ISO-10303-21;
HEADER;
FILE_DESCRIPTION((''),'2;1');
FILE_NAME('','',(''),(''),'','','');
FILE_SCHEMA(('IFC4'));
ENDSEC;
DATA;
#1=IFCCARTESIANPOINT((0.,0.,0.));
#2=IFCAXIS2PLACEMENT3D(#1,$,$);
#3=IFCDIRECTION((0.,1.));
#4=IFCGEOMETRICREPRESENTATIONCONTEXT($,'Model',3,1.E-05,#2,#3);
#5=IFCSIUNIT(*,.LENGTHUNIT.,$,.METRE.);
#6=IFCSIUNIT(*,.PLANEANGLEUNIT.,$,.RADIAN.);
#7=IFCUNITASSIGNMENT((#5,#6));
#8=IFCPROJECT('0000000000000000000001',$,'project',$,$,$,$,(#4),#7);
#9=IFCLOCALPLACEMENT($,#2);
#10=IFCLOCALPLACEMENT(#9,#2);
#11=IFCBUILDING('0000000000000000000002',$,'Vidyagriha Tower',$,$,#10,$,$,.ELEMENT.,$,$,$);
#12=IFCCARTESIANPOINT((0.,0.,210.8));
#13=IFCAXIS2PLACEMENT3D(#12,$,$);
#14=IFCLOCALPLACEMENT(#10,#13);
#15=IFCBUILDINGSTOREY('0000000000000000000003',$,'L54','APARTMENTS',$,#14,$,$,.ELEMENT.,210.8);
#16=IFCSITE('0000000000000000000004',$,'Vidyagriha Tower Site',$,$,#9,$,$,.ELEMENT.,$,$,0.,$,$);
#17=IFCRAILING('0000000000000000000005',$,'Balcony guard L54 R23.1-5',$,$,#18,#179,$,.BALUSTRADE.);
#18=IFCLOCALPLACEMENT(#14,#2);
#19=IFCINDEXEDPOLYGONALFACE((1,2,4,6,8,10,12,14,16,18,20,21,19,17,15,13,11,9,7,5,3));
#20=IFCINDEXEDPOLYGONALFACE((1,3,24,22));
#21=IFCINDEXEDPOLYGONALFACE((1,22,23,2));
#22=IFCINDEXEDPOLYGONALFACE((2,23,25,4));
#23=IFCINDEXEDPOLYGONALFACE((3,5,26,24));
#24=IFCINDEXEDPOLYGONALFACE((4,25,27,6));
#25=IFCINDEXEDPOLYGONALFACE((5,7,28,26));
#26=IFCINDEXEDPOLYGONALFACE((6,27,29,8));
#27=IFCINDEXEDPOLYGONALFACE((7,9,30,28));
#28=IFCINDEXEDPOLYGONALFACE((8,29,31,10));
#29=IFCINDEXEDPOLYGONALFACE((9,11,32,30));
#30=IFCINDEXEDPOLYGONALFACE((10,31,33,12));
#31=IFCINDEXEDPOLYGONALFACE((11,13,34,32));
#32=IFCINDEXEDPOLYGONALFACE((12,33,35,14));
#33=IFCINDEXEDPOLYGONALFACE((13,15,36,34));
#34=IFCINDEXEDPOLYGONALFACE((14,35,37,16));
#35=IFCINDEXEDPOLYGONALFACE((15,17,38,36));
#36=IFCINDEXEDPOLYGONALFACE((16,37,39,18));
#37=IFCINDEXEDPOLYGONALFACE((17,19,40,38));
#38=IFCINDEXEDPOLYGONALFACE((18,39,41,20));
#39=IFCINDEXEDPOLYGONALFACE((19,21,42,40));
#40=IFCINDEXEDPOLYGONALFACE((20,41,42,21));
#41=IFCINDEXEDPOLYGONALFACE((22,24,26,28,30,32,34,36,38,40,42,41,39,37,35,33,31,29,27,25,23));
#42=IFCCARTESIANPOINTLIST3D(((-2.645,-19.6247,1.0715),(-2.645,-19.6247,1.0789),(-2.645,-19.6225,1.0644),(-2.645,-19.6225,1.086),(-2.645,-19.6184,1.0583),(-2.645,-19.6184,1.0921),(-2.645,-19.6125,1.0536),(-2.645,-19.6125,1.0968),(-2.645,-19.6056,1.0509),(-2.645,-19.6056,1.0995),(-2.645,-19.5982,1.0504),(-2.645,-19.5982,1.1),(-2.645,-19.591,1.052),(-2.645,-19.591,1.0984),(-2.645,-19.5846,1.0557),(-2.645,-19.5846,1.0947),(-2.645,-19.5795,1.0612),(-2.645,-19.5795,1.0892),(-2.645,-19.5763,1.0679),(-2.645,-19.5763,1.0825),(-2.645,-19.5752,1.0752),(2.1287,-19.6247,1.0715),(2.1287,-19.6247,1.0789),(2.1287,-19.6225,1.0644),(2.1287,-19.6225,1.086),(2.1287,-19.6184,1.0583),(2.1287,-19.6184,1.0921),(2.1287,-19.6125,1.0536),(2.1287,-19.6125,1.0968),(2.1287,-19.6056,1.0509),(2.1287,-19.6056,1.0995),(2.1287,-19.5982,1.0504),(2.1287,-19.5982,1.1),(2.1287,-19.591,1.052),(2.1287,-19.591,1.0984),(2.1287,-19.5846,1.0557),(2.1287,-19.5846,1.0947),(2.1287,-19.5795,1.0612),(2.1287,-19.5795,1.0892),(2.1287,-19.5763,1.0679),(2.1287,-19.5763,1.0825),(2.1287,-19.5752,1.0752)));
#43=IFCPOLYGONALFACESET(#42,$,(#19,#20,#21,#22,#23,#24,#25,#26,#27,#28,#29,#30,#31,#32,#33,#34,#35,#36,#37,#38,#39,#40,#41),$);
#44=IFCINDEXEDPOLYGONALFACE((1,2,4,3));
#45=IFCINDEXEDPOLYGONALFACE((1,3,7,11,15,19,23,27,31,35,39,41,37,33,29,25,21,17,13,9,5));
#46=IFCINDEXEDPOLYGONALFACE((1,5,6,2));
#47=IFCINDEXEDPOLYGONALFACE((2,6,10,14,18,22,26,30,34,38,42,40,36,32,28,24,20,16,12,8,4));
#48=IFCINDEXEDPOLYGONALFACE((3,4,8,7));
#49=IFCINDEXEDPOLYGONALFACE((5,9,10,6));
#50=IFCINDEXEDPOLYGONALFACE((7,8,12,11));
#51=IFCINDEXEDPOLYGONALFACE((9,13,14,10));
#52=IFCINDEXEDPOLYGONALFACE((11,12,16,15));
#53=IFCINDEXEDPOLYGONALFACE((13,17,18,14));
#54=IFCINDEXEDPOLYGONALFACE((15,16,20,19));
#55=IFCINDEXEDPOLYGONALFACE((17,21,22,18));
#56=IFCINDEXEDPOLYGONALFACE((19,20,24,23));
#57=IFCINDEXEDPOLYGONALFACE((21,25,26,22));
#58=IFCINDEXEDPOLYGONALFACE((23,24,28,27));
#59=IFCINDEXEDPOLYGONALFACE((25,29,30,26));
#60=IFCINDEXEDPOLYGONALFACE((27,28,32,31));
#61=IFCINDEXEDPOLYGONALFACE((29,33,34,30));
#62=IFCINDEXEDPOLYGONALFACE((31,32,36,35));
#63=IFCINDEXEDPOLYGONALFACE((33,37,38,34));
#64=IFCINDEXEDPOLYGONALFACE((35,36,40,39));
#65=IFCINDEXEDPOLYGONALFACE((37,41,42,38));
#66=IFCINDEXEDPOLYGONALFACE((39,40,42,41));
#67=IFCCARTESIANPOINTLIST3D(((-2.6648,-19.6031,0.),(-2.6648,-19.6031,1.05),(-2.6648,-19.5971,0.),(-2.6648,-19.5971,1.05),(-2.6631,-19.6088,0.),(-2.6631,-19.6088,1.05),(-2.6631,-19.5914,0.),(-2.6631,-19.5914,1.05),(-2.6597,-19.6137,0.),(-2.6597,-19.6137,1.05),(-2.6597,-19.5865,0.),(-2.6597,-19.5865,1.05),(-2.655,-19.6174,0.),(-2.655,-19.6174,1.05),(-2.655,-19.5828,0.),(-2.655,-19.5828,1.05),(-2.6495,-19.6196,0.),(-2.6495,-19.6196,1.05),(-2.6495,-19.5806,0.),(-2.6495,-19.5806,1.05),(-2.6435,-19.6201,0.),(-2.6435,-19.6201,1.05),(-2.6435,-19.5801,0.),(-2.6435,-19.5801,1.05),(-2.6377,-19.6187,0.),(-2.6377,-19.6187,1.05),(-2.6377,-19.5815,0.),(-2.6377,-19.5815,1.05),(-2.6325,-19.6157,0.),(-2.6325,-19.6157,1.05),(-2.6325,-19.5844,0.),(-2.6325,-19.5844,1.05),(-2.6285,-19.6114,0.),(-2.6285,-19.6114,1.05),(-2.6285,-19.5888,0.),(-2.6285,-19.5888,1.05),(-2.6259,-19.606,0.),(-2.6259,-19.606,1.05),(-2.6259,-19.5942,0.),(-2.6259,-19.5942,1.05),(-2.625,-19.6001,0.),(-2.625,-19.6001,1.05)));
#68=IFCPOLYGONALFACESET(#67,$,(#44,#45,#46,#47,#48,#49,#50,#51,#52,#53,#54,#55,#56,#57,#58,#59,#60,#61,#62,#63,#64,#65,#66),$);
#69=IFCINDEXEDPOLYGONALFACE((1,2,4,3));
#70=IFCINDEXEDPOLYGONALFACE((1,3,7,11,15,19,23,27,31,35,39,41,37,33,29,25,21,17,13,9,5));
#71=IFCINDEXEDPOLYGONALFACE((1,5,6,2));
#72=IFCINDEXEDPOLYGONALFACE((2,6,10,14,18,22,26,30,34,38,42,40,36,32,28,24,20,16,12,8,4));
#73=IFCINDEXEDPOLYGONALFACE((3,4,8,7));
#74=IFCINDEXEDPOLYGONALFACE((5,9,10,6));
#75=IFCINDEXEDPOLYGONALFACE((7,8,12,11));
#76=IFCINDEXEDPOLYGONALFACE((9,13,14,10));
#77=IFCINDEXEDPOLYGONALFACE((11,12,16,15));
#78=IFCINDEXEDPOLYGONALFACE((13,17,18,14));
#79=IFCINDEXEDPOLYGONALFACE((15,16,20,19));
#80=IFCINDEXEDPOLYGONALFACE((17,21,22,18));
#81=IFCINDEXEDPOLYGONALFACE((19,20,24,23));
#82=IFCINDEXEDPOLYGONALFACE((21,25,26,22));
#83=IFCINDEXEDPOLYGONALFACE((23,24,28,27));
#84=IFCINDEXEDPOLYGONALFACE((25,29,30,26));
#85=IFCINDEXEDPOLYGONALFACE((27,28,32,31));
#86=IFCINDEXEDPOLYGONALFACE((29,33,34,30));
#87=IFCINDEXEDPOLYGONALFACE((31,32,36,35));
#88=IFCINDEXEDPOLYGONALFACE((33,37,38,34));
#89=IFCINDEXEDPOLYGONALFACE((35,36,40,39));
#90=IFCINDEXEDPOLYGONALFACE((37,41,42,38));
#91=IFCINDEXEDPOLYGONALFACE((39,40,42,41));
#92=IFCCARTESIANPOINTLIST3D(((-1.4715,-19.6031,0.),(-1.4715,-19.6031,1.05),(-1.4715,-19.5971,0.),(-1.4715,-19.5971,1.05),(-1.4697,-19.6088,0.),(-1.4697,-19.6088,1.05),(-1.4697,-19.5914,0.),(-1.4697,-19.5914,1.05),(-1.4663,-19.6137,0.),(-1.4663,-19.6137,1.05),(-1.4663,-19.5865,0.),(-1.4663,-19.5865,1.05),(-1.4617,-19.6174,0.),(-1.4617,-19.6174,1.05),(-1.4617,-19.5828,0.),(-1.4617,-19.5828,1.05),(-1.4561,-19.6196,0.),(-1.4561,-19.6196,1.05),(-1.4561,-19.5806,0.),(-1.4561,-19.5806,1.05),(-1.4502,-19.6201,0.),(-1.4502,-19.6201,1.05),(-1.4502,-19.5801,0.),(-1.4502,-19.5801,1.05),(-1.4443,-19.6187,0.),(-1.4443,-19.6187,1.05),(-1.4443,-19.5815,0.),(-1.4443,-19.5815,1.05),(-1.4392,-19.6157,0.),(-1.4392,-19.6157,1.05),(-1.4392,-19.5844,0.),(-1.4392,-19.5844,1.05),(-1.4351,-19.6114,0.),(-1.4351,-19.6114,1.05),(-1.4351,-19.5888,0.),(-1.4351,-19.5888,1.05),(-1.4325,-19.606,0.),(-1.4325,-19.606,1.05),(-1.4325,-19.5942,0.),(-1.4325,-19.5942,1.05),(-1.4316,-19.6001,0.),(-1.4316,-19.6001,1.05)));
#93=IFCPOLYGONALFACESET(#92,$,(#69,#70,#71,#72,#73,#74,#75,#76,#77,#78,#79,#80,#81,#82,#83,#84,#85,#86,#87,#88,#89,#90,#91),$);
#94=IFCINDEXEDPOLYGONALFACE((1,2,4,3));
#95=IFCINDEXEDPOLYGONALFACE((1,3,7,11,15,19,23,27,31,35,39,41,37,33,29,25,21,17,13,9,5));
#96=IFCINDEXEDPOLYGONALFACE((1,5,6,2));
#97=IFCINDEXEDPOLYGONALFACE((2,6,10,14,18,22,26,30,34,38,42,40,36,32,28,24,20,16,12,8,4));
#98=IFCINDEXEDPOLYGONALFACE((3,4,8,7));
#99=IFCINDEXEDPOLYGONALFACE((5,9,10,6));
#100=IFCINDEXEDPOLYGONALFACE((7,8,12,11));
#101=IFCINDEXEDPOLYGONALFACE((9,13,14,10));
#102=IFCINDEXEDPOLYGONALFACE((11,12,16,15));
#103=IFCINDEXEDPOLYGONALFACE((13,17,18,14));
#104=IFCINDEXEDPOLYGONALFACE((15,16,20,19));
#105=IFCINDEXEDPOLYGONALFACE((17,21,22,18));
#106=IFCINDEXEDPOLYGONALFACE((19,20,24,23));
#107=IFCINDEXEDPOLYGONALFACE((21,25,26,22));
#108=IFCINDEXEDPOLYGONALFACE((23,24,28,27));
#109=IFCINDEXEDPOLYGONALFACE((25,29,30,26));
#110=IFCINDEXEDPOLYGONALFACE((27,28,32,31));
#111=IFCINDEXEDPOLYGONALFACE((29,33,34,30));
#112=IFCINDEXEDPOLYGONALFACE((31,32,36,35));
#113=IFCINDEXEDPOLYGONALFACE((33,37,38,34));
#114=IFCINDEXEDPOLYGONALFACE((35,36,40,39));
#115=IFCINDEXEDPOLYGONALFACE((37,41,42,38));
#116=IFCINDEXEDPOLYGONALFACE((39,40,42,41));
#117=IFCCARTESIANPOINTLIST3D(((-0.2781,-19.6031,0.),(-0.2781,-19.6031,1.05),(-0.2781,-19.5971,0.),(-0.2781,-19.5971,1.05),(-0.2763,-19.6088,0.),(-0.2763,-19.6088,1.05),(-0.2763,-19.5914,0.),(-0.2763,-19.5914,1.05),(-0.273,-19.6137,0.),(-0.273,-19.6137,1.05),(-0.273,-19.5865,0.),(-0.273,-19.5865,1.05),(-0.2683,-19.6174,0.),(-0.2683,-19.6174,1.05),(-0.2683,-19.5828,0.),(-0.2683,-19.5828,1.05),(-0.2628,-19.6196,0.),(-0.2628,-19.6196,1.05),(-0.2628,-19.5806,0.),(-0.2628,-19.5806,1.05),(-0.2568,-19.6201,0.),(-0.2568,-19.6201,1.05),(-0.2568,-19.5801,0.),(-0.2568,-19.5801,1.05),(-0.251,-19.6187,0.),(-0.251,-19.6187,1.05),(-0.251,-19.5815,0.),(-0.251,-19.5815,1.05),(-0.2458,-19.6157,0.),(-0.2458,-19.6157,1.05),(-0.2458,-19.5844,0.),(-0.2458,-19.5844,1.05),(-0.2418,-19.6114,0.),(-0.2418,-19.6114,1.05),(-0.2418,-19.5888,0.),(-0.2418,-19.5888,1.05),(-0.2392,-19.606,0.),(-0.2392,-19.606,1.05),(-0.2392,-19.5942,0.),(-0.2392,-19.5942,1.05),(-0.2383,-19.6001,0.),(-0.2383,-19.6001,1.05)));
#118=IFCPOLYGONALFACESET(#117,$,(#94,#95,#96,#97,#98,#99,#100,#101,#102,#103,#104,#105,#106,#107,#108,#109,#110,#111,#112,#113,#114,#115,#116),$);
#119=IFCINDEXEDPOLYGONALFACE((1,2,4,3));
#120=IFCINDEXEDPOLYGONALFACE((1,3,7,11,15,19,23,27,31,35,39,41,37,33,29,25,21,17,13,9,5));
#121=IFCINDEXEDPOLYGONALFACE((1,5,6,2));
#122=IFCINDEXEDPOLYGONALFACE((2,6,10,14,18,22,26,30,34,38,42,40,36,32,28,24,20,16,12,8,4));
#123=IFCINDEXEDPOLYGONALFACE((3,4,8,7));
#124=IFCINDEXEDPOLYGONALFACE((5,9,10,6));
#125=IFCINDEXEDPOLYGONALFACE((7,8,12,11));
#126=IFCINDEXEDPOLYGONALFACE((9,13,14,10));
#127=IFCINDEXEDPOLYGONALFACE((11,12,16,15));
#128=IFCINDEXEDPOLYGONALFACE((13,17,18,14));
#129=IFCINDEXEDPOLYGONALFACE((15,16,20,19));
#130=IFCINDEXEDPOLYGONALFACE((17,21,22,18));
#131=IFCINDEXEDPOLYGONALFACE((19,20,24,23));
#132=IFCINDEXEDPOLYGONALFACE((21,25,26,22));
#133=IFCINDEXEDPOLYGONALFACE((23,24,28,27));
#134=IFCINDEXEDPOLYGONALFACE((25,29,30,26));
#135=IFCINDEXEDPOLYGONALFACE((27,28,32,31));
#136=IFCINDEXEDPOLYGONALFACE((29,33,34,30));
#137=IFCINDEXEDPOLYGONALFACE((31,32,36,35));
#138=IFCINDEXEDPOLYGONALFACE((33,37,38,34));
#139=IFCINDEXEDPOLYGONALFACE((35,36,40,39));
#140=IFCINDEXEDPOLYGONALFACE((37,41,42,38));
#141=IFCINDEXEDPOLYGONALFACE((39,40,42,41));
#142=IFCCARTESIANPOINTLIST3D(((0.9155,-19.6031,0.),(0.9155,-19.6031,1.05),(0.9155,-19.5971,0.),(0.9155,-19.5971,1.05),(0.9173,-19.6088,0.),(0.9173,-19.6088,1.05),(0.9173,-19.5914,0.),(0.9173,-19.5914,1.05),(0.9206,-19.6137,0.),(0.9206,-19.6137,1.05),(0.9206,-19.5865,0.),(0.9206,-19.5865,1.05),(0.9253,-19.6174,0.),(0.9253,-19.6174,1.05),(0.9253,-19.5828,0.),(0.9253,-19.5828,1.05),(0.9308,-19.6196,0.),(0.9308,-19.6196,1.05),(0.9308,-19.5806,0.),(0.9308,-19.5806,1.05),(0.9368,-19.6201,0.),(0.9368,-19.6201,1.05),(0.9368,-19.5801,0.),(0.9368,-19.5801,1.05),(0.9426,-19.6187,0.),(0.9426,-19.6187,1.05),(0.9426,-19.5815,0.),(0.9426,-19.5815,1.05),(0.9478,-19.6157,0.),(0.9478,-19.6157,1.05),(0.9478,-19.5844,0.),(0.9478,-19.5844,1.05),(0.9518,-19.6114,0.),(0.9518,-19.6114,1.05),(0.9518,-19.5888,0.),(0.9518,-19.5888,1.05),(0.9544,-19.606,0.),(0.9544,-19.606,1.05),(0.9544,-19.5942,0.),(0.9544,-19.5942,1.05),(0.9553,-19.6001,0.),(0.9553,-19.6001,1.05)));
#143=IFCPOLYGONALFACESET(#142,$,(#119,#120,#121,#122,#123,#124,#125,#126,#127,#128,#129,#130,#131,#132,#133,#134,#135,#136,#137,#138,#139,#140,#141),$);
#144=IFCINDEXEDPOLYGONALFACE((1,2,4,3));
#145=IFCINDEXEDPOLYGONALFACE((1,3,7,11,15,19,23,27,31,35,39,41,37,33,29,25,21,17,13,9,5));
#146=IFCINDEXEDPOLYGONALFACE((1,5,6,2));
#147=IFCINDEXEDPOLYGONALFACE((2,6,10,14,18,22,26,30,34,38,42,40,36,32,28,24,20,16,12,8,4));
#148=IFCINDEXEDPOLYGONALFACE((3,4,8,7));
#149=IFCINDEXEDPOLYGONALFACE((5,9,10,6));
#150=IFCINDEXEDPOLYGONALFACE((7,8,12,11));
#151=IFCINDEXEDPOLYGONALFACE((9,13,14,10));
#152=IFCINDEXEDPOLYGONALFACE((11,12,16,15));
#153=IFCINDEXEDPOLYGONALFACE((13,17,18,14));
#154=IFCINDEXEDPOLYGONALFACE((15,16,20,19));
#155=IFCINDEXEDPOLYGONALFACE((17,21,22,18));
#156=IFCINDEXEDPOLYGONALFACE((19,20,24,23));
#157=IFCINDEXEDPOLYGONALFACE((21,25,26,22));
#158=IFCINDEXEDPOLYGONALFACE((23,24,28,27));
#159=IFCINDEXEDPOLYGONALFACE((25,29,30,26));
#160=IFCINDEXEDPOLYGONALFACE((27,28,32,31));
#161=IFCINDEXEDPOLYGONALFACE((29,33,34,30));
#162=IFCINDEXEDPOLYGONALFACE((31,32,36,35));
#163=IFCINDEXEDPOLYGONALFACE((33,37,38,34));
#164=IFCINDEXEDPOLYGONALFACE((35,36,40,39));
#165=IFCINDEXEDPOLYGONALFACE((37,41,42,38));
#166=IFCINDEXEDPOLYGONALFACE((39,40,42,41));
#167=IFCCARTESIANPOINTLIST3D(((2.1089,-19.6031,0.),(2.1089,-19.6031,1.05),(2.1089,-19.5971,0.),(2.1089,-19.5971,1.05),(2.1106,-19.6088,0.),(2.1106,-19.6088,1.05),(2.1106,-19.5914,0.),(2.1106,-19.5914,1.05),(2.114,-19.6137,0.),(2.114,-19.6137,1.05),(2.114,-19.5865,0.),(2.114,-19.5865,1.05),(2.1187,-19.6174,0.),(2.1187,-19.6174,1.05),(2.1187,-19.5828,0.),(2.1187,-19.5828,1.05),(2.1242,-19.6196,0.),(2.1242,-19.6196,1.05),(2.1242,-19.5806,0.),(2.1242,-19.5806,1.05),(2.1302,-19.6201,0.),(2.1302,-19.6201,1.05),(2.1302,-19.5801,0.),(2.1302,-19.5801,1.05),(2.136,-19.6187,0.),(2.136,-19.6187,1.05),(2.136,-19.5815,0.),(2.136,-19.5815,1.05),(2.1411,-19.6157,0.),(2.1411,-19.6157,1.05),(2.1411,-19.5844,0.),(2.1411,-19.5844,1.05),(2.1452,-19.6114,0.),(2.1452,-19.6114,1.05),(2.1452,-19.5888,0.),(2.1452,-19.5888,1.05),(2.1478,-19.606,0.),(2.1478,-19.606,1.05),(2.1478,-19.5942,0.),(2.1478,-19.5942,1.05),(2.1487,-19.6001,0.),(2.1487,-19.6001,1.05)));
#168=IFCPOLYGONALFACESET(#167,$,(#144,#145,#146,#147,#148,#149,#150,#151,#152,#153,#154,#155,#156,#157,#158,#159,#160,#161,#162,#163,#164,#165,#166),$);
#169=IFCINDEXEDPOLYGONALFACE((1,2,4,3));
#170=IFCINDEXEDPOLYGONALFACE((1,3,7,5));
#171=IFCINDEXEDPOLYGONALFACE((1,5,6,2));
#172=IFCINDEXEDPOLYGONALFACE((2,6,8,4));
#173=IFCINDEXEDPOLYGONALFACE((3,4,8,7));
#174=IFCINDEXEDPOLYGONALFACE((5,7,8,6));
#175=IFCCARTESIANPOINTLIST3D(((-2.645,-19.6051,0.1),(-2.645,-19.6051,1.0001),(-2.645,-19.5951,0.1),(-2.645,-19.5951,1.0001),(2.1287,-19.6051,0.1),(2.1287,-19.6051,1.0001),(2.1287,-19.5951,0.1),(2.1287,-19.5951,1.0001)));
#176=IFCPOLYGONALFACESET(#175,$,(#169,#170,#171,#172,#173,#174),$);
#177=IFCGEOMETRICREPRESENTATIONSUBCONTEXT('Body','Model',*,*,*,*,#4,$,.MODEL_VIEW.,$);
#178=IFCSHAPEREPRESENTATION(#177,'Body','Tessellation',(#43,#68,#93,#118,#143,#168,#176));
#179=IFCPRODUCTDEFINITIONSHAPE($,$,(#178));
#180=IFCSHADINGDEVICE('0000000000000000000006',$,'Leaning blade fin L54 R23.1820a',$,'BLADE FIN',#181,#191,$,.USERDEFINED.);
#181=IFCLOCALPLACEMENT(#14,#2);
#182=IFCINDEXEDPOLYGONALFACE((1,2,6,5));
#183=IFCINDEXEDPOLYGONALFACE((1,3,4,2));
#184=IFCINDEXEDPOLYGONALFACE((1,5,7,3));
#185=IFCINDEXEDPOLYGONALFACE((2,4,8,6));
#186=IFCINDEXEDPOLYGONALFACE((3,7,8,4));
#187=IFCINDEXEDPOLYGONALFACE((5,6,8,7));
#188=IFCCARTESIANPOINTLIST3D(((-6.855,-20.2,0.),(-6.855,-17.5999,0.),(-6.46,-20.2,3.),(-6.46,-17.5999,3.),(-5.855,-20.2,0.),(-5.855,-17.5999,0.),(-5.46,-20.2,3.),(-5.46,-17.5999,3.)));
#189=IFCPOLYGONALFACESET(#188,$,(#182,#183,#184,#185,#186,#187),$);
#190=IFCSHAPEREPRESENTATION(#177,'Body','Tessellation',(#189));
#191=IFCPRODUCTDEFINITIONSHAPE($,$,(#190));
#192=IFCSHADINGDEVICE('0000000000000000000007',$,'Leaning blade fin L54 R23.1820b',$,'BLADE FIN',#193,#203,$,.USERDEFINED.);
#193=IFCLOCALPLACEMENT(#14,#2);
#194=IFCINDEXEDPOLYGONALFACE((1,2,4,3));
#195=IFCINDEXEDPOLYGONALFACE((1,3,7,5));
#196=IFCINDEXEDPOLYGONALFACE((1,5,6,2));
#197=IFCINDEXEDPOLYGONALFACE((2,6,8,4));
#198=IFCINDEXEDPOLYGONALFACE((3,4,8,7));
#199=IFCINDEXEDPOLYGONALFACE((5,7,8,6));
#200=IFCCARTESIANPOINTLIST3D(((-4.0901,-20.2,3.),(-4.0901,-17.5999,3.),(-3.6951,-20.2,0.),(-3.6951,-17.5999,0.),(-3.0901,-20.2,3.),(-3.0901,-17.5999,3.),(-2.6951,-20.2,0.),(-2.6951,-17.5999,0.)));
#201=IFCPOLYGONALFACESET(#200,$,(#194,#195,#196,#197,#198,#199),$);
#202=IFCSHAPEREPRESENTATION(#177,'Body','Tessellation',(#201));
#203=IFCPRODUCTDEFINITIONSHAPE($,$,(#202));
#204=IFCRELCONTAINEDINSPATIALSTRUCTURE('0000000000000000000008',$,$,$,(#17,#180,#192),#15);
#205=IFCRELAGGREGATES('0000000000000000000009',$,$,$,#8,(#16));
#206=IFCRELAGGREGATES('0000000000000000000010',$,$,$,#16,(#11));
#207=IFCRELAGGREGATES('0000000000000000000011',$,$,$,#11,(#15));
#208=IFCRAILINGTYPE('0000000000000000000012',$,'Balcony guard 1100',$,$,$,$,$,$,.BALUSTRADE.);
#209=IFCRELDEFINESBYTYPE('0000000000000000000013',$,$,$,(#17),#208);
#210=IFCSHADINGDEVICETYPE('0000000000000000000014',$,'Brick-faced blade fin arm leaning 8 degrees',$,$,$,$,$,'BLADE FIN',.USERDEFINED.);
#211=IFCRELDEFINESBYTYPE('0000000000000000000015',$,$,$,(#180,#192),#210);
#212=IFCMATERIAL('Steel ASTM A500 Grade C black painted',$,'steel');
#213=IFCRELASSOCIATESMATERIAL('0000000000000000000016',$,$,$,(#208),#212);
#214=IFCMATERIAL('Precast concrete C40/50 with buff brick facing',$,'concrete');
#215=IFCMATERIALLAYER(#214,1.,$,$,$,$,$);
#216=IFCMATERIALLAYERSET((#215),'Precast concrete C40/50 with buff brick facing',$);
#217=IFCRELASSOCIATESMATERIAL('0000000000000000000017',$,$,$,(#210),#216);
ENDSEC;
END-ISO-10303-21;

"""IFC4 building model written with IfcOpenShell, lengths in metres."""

from ifc_helpers import new_model, si_unit, direction, frame, origin, origin_2d, place, context, subcontext, project, spatial, polyline, rectangle, circle, outline, extrude, material, layer, layer_set, type_object, element, save


model = new_model("IFC4")

# Units and contexts
model_context = context("Model", 3, precision=1e-05, world=origin(), true_north=direction((0.0, 1.0)))
body_context = subcontext(model_context, "Body", "Model", "MODEL_VIEW")
ifc_project = project(units=[si_unit("LENGTHUNIT", "METRE"), si_unit("PLANEANGLEUNIT", "RADIAN")], contexts=[model_context])

# Site, building, storey
site_placement = place(None, origin())
site = spatial("IfcSite", under=ifc_project, at=site_placement, Name="Vidyagriha Tower Site", CompositionType="ELEMENT", RefElevation=0.0)
building_placement = place(site_placement, origin())
building = spatial("IfcBuilding", under=site, at=building_placement, Name="Vidyagriha Tower", CompositionType="ELEMENT")
storey_placement = place(building_placement, frame((0.0, 0.0, 210.8)))
storey = spatial("IfcBuildingStorey", under=building, at=storey_placement, Name="L54", Description="APARTMENTS", CompositionType="ELEMENT", Elevation=210.8)

# Railing
ifc_material_1 = material(Name="Steel ASTM A500 Grade C black painted", Category="steel")
railing_type = type_object("IfcRailingType", Name="Balcony guard 1100", PredefinedType="BALUSTRADE", material=ifc_material_1)
railing_1_placement = place(storey_placement, frame((-2.645, -19.6001, 0.0)))
element("IfcRailing", 1, at=railing_1_placement, inside=storey, type_object=railing_type, Name="Balcony guard L54 R23.1-5", PredefinedType="BALUSTRADE", context=body_context, shape_type="SweptSolid", body=[
    extrude(circle(Radius=0.0249, at=origin_2d()), frame((0.0, 0.0, 1.0752), z_axis=(1.0, 0.0, 0.0), x_axis=(0.0, 1.0, 0.0)), (0.0, 0.0, 1.0), 4.7737),
    extrude(circle(Radius=0.02, at=origin_2d()), origin(), (0.0, 0.0, 1.0), 1.05),
    extrude(circle(Radius=0.02, at=origin_2d()), frame((1.1934, 0.0, 0.0)), (0.0, 0.0, 1.0), 1.05),
    extrude(circle(Radius=0.02, at=origin_2d()), frame((2.3867, 0.0, 0.0)), (0.0, 0.0, 1.0), 1.05),
    extrude(circle(Radius=0.02, at=origin_2d()), frame((3.5803, 0.0, 0.0)), (0.0, 0.0, 1.0), 1.05),
    extrude(circle(Radius=0.02, at=origin_2d()), frame((4.7737, 0.0, 0.0)), (0.0, 0.0, 1.0), 1.05),
    extrude(rectangle(XDim=0.01, YDim=0.9001, at=origin_2d()), frame((0.0, 0.0, 0.55), z_axis=(1.0, 0.0, 0.0), x_axis=(0.0, 1.0, 0.0)), (0.0, 0.0, 1.0), 4.7737),
])

# Shading devices
ifc_material_2 = material(Name="Precast concrete C40/50 with buff brick facing", Category="concrete")
ifc_layer_1 = layer(ifc_material_2, 1.0)
ifc_layer_set_1 = layer_set([ifc_layer_1], Name="Precast concrete C40/50 with buff brick facing")
shading_device_type = type_object("IfcShadingDeviceType", Name="Brick-faced blade fin arm leaning 8 degrees", ElementType="BLADE FIN", PredefinedType="USERDEFINED", material=ifc_layer_set_1)
shading_device_1_placement = place(storey_placement, frame((-6.855, -18.8999, 0.0)))
element("IfcShadingDevice", 2, at=shading_device_1_placement, inside=storey, type_object=shading_device_type, Name="Leaning blade fin L54 R23.1820a", ObjectType="BLADE FIN", PredefinedType="USERDEFINED", context=body_context, shape_type="SweptSolid", body=[
    extrude(outline(polyline([(0.0, 0.0), (1.0, 0.0), (1.395, 3.0), (0.395, 3.0), (0.0, 0.0)])), frame((0.0, 1.3, 0.0), z_axis=(0.0, -1.0, 0.0), x_axis=(1.0, 0.0, 0.0)), (0.0, 0.0, 1.0), 2.6001),
])
shading_device_2_placement = place(storey_placement, frame((-4.0901, -18.8999, 0.0)))
element("IfcShadingDevice", 3, at=shading_device_2_placement, inside=storey, type_object=shading_device_type, Name="Leaning blade fin L54 R23.1820b", ObjectType="BLADE FIN", PredefinedType="USERDEFINED", context=body_context, shape_type="SweptSolid", body=[
    extrude(outline(polyline([(0.395, 0.0), (1.395, 0.0), (1.0, 3.0), (0.0, 3.0), (0.395, 0.0)])), frame((0.0, 1.3, 0.0), z_axis=(0.0, -1.0, 0.0), x_axis=(1.0, 0.0, 0.0)), (0.0, 0.0, 1.0), 2.6001),
])

save(model, "model.ifc")
